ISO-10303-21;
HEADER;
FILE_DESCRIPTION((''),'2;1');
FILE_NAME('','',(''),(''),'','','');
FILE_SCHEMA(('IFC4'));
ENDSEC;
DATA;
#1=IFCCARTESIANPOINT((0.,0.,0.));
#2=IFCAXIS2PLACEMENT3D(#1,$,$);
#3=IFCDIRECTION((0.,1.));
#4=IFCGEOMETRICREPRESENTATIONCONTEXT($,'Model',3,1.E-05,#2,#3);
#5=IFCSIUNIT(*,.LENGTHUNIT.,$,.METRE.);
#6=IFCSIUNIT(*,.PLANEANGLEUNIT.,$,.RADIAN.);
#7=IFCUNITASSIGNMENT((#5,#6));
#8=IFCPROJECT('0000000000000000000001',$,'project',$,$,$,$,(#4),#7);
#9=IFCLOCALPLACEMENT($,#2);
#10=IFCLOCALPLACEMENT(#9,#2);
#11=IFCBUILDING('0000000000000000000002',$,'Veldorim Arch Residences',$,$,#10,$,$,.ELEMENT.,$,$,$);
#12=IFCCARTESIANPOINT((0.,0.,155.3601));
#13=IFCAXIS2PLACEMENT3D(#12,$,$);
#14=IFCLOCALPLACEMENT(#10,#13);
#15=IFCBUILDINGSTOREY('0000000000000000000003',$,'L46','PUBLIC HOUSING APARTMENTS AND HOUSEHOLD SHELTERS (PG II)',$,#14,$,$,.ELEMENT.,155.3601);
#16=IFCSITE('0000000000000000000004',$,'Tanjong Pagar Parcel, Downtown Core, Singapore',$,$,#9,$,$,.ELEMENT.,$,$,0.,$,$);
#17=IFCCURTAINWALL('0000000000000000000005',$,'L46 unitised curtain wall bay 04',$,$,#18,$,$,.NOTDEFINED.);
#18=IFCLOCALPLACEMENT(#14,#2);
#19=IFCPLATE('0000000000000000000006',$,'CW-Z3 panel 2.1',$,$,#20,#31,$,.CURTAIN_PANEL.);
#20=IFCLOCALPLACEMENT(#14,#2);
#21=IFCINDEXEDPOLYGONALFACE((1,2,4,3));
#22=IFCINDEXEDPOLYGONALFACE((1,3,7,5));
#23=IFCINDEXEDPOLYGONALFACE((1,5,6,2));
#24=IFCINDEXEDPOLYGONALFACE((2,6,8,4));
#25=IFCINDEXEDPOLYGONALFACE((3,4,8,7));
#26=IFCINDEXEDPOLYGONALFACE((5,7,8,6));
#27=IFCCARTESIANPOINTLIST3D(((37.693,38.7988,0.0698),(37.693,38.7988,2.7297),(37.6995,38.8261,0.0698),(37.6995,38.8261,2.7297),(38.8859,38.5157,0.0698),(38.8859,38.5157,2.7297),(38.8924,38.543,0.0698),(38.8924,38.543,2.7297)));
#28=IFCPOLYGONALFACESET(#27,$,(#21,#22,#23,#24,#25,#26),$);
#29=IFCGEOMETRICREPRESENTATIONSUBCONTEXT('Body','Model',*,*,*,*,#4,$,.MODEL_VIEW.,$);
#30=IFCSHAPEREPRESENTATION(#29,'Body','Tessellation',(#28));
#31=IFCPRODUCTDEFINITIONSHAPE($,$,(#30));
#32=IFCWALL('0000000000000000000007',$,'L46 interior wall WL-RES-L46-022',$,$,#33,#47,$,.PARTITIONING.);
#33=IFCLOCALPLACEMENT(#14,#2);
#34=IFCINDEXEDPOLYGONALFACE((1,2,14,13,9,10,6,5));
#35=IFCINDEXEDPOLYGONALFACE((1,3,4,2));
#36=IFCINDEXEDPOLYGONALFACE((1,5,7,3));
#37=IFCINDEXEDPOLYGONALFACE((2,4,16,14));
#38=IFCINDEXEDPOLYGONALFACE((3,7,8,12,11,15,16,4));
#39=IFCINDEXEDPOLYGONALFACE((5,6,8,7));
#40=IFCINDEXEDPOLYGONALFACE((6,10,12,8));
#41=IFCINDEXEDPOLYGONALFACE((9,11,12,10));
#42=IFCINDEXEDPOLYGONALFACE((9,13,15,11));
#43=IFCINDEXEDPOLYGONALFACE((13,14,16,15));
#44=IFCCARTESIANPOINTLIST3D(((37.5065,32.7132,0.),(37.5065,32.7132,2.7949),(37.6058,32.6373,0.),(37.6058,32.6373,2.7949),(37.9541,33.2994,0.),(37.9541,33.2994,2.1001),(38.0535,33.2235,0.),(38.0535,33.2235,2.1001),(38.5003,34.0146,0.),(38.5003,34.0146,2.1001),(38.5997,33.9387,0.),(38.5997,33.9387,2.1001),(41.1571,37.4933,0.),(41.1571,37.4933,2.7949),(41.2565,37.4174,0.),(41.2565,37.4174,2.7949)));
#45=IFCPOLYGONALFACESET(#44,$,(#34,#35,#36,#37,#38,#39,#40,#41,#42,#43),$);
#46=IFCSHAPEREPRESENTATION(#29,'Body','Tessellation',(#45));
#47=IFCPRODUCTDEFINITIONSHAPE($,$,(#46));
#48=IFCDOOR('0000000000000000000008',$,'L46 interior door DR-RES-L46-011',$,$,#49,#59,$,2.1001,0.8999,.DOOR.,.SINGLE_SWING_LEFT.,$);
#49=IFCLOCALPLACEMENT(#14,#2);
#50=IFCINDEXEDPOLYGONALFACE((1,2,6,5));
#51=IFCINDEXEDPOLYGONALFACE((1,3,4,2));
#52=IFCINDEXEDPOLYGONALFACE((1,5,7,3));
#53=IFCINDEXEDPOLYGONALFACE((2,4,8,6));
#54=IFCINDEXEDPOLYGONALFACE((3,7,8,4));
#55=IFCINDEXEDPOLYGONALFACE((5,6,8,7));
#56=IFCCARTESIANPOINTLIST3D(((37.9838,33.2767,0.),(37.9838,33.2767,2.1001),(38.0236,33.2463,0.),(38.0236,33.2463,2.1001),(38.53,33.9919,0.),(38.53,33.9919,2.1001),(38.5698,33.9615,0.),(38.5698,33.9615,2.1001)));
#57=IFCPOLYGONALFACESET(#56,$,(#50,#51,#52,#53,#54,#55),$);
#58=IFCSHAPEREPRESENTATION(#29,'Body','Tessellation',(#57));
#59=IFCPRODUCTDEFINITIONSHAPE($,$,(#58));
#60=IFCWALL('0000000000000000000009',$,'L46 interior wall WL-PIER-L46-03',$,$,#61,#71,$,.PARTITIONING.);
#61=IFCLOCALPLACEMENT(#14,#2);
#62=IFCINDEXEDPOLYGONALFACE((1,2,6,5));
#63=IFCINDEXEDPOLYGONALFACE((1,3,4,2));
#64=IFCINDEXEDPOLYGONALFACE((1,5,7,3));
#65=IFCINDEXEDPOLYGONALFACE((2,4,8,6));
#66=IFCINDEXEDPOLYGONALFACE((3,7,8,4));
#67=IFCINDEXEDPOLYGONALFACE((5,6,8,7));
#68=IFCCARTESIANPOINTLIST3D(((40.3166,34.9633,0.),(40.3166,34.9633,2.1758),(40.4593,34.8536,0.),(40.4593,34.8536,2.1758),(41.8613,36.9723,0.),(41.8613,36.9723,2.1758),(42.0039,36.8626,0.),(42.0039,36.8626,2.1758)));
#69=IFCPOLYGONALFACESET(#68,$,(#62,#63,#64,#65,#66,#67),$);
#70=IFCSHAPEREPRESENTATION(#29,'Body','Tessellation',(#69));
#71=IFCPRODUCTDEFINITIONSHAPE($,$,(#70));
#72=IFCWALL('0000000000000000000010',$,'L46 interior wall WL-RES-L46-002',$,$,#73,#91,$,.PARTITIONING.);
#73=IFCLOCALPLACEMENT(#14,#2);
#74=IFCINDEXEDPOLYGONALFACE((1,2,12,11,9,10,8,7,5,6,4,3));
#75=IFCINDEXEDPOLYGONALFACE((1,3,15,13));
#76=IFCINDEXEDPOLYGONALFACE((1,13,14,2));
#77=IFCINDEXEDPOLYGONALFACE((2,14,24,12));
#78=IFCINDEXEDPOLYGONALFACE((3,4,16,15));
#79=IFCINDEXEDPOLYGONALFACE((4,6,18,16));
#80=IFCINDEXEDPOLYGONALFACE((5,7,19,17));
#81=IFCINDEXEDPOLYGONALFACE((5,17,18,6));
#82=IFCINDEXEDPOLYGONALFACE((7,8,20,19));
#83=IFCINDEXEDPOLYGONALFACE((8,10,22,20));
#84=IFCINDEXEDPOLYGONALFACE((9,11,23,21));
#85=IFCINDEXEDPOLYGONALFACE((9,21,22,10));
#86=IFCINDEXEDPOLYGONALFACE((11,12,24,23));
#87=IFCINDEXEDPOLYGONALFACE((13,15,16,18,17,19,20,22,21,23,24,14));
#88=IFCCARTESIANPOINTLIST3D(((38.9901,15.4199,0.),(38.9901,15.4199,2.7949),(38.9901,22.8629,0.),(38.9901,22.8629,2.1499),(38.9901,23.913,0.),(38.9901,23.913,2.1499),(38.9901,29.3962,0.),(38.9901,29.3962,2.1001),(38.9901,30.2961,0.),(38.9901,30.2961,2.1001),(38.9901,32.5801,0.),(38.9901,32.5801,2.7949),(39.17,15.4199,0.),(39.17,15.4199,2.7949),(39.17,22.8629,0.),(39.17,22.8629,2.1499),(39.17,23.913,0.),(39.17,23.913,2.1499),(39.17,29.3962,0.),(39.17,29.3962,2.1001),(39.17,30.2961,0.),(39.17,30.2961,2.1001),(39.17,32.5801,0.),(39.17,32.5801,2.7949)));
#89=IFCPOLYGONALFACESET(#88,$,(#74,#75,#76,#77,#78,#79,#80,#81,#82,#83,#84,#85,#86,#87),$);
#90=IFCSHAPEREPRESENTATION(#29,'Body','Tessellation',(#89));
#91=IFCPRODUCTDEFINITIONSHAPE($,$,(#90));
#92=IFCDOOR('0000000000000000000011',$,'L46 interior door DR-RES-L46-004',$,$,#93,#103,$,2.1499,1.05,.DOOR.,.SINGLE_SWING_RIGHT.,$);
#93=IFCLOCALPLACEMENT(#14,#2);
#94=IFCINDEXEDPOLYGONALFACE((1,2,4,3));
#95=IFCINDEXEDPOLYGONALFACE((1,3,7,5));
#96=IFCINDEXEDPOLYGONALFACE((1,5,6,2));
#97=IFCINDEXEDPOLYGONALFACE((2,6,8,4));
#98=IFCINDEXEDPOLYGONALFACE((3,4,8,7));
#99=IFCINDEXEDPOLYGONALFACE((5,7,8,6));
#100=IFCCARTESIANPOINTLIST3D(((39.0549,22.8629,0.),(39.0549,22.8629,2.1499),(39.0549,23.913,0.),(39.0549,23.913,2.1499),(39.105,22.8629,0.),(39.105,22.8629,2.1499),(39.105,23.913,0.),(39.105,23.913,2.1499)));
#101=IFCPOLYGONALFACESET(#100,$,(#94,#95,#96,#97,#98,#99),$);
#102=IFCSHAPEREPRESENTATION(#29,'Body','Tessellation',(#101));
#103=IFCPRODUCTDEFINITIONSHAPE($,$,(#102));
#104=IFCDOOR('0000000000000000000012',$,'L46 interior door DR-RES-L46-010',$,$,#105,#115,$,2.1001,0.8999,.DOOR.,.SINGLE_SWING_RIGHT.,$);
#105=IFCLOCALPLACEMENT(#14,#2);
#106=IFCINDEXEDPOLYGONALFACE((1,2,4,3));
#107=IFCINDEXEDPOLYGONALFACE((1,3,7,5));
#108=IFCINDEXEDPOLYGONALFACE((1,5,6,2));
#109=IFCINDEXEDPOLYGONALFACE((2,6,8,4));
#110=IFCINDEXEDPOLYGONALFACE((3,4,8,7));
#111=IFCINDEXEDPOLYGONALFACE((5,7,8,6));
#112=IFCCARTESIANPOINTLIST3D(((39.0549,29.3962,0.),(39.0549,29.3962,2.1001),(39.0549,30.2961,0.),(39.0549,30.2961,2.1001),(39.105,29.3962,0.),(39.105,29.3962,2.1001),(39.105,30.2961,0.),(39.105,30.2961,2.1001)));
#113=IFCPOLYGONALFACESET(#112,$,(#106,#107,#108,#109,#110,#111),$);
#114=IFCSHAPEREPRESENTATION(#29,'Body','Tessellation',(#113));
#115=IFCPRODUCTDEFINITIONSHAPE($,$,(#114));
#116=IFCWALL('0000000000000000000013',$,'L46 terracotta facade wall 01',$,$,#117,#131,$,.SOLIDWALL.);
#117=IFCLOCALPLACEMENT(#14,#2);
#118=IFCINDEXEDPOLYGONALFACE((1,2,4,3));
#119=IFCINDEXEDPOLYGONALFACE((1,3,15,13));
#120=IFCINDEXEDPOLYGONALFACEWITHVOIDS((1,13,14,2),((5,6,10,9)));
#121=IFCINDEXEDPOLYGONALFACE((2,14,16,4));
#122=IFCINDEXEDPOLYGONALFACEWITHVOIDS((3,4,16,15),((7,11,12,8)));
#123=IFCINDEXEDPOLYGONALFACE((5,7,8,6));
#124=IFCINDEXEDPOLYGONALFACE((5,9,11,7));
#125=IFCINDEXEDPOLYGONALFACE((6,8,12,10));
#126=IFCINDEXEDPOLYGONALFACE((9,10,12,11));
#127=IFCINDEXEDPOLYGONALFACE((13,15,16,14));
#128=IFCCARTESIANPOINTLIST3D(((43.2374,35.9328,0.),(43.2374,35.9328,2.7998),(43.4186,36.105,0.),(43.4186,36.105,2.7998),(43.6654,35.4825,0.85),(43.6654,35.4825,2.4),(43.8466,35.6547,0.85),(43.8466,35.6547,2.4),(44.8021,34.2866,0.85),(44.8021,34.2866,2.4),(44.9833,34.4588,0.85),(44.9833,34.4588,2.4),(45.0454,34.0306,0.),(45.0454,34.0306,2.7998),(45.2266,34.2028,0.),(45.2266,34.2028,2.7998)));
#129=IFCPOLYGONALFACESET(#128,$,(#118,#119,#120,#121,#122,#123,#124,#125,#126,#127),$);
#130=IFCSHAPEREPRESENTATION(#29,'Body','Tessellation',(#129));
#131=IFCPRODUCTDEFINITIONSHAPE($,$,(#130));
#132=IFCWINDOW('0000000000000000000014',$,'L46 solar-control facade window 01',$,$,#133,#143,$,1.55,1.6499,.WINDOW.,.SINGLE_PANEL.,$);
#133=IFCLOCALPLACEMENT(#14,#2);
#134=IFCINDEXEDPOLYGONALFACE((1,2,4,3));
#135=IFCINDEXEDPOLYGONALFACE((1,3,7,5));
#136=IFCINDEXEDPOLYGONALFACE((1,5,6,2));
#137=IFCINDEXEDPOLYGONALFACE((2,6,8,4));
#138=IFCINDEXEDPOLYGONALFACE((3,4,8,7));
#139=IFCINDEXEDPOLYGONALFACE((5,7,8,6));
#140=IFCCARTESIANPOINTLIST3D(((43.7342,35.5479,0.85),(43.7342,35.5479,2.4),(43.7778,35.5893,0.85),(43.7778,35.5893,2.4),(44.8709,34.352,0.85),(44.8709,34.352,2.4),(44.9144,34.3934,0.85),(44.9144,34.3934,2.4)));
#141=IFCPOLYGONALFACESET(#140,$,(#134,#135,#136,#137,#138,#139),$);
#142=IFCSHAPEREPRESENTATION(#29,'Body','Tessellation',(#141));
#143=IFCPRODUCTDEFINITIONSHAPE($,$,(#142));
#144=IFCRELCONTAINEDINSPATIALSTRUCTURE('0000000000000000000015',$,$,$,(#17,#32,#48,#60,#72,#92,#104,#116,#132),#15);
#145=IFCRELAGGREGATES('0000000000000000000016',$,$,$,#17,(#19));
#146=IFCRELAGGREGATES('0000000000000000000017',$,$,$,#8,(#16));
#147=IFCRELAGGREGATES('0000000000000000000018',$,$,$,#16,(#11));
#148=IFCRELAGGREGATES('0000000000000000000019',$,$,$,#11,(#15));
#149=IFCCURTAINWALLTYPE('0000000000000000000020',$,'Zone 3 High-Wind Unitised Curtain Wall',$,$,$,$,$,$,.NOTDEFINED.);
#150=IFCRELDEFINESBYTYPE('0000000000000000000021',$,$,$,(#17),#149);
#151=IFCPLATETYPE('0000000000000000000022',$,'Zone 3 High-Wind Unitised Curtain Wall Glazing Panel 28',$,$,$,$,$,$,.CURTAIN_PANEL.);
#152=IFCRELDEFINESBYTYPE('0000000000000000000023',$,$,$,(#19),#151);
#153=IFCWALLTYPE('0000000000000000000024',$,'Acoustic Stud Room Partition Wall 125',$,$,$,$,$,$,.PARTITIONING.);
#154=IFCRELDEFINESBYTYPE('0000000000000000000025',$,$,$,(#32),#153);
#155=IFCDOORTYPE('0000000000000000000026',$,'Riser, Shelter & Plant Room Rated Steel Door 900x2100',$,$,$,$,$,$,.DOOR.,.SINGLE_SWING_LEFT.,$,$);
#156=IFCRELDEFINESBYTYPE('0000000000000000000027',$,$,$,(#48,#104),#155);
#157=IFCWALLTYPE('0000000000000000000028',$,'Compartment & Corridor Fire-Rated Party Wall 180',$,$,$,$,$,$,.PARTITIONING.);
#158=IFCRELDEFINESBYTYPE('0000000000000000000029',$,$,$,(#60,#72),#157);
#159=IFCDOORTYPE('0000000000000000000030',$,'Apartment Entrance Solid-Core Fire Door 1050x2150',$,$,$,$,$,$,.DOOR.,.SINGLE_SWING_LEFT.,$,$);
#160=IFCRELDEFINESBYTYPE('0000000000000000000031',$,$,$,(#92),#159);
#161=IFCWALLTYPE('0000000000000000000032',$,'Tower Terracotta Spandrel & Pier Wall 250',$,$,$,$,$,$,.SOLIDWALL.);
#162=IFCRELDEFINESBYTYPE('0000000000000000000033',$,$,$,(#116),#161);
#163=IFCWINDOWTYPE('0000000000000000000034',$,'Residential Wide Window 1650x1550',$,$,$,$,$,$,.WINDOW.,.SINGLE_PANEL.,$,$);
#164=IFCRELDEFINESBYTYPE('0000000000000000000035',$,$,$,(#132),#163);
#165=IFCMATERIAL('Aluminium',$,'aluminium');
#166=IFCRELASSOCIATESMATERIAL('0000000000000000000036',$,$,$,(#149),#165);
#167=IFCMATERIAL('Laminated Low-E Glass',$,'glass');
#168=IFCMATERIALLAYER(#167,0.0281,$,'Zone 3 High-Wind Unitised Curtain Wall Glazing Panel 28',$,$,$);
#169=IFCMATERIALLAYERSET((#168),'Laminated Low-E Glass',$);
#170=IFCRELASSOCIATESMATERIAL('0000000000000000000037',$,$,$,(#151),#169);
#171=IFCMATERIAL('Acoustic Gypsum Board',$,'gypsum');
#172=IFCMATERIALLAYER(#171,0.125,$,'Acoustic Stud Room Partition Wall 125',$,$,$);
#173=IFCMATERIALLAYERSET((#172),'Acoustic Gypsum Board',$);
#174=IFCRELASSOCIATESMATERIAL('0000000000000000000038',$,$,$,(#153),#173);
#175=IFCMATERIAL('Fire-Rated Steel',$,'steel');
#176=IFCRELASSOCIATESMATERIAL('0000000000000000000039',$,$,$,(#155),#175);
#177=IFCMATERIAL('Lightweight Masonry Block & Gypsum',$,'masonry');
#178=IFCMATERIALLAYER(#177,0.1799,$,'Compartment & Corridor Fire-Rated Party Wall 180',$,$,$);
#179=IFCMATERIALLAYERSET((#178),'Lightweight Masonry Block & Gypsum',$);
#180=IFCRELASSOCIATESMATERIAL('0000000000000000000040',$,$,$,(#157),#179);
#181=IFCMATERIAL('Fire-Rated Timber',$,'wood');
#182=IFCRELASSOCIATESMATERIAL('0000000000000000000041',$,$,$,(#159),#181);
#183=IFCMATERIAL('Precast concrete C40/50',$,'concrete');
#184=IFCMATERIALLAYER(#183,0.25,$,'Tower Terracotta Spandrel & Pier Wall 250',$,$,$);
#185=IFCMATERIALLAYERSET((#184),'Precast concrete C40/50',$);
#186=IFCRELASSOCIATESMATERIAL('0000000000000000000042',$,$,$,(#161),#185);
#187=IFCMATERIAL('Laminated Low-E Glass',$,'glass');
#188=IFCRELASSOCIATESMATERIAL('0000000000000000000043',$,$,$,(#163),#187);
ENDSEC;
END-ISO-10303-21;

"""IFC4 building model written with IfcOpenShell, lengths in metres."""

from ifc_helpers import new_model, si_unit, direction, frame, frame_2d, origin, origin_2d, place, context, subcontext, project, spatial, rectangle, extrude, material, layer, layer_set, type_object, element, fill, aggregate, save


model = new_model("IFC4")

# Units and contexts
model_context = context("Model", 3, precision=1e-05, world=origin(), true_north=direction((0.0, 1.0)))
body_context = subcontext(model_context, "Body", "Model", "MODEL_VIEW")
ifc_project = project(units=[si_unit("LENGTHUNIT", "METRE"), si_unit("PLANEANGLEUNIT", "RADIAN")], contexts=[model_context])

# Site, building, storey
site_placement = place(None, origin())
site = spatial("IfcSite", under=ifc_project, at=site_placement, Name="Tanjong Pagar Parcel, Downtown Core, Singapore", CompositionType="ELEMENT", RefElevation=0.0)
building_placement = place(site_placement, origin())
building = spatial("IfcBuilding", under=site, at=building_placement, Name="Veldorim Arch Residences", CompositionType="ELEMENT")
storey_placement = place(building_placement, frame((0.0, 0.0, 155.3601)))
storey = spatial("IfcBuildingStorey", under=building, at=storey_placement, Name="L46", Description="PUBLIC HOUSING APARTMENTS AND HOUSEHOLD SHELTERS (PG II)", CompositionType="ELEMENT", Elevation=155.3601)

# Curtain wall, plate
ifc_material_1 = material(Name="Aluminium", Category="aluminium")
curtain_wall_type = type_object("IfcCurtainWallType", Name="Zone 3 High-Wind Unitised Curtain Wall", PredefinedType="NOTDEFINED", material=ifc_material_1)
curtain_wall_placement = place(storey_placement, origin())
curtain_wall = element("IfcCurtainWall", 1, at=curtain_wall_placement, inside=storey, type_object=curtain_wall_type, Name="L46 unitised curtain wall bay 04", PredefinedType="NOTDEFINED")
ifc_material_2 = material(Name="Laminated Low-E Glass", Category="glass")
ifc_layer_1 = layer(ifc_material_2, 0.0281, Name="Zone 3 High-Wind Unitised Curtain Wall Glazing Panel 28")
ifc_layer_set_1 = layer_set([ifc_layer_1], Name="Laminated Low-E Glass")
plate_type = type_object("IfcPlateType", Name="Zone 3 High-Wind Unitised Curtain Wall Glazing Panel 28", PredefinedType="CURTAIN_PANEL", material=ifc_layer_set_1)
plate_placement = place(storey_placement, frame((38.2927, 38.6709, 0.0698), z_axis=(0.0, 0.0, 1.0), x_axis=(0.972964, -0.230957, 0.0)))
plate = element("IfcPlate", 2, at=plate_placement, type_object=plate_type, Name="CW-Z3 panel 2.1", PredefinedType="CURTAIN_PANEL", context=body_context, shape_type="SweptSolid", body=[
    extrude(rectangle(XDim=1.2261, YDim=0.0281, at=origin_2d()), origin(), (0.0, 0.0, 1.0), 2.6599),
])
aggregate(curtain_wall, [plate])

# Wall, opening, door
ifc_material_3 = material(Name="Acoustic Gypsum Board", Category="gypsum")
ifc_layer_2 = layer(ifc_material_3, 0.125, Name="Acoustic Stud Room Partition Wall 125")
ifc_layer_set_2 = layer_set([ifc_layer_2], Name="Acoustic Gypsum Board")
wall_type_1 = type_object("IfcWallType", Name="Acoustic Stud Room Partition Wall 125", PredefinedType="PARTITIONING", material=ifc_layer_set_2)
wall_1_placement = place(storey_placement, frame((41.2068, 37.4553, 0.0), z_axis=(0.0, 0.0, 1.0), x_axis=(-0.606959, -0.794733, 0.0)))
wall_1 = element("IfcWall", 3, at=wall_1_placement, inside=storey, type_object=wall_type_1, Name="L46 interior wall WL-RES-L46-022", PredefinedType="PARTITIONING", context=body_context, shape_type="SweptSolid", body=[
    extrude(rectangle(XDim=6.0146, YDim=0.125, at=frame_2d((3.0073, 0.0))), origin(), (0.0, 0.0, 1.0), 2.7949),
])
opening_1_placement = place(wall_1_placement, frame((4.3772, 0.0, 0.0)))
opening_1 = element("IfcOpeningElement", 4, at=opening_1_placement, cuts=wall_1, PredefinedType="OPENING", context=body_context, shape_type="SweptSolid", body=[
    extrude(rectangle(XDim=0.8999, YDim=2.1001, at=frame_2d((0.45, 1.05))), frame((0.0, 0.0725, 0.0), z_axis=(0.0, -1.0, 0.0), x_axis=(1.0, 0.0, 0.0)), (0.0, 0.0, 1.0), 0.145),
])
ifc_material_4 = material(Name="Fire-Rated Steel", Category="steel")
door_type_1 = type_object("IfcDoorType", Name="Riser, Shelter & Plant Room Rated Steel Door 900x2100", OperationType="SINGLE_SWING_LEFT", PredefinedType="DOOR", material=ifc_material_4)
door_1_placement = place(opening_1_placement, origin())
door_1 = element("IfcDoor", 5, at=door_1_placement, inside=storey, type_object=door_type_1, Name="L46 interior door DR-RES-L46-011", OperationType="SINGLE_SWING_LEFT", OverallHeight=2.1001, OverallWidth=0.8999, PredefinedType="DOOR", context=body_context, shape_type="SweptSolid", body=[
    extrude(rectangle(XDim=0.8999, YDim=2.1001, at=frame_2d((0.45, 1.05))), frame((0.0, 0.0249, 0.0), z_axis=(0.0, -1.0, 0.0), x_axis=(1.0, 0.0, 0.0)), (0.0, 0.0, 1.0), 0.05),
])
fill(opening_1, door_1)

# Wall
ifc_material_5 = material(Name="Lightweight Masonry Block & Gypsum", Category="masonry")
ifc_layer_3 = layer(ifc_material_5, 0.1799, Name="Compartment & Corridor Fire-Rated Party Wall 180")
ifc_layer_set_3 = layer_set([ifc_layer_3], Name="Lightweight Masonry Block & Gypsum")
wall_type_2 = type_object("IfcWallType", Name="Compartment & Corridor Fire-Rated Party Wall 180", PredefinedType="PARTITIONING", material=ifc_layer_set_3)
wall_2_placement = place(storey_placement, frame((40.3879, 34.9084, 0.0), z_axis=(0.0, 0.0, 1.0), x_axis=(0.609529, 0.792764, 0.0)))
element("IfcWall", 6, at=wall_2_placement, inside=storey, type_object=wall_type_2, Name="L46 interior wall WL-PIER-L46-03", PredefinedType="PARTITIONING", context=body_context, shape_type="SweptSolid", body=[
    extrude(rectangle(XDim=2.5342, YDim=0.1799, at=frame_2d((1.2671, 0.0))), origin(), (0.0, 0.0, 1.0), 2.1758),
])

# Wall, openings, doors
wall_3_placement = place(storey_placement, frame((39.0801, 32.5801, 0.0), z_axis=(0.0, 0.0, 1.0), x_axis=(0.0, -1.0, 0.0)))
wall_3 = element("IfcWall", 7, at=wall_3_placement, inside=storey, type_object=wall_type_2, Name="L46 interior wall WL-RES-L46-002", PredefinedType="PARTITIONING", context=body_context, shape_type="SweptSolid", body=[
    extrude(rectangle(XDim=17.1602, YDim=0.1799, at=frame_2d((8.5801, 0.0))), origin(), (0.0, 0.0, 1.0), 2.7949),
])
opening_2_placement = place(wall_3_placement, frame((8.6672, 0.0, 0.0)))
opening_2 = element("IfcOpeningElement", 8, at=opening_2_placement, cuts=wall_3, PredefinedType="OPENING", context=body_context, shape_type="SweptSolid", body=[
    extrude(rectangle(XDim=1.05, YDim=2.1499, at=frame_2d((0.5249, 1.075))), frame((0.0, 0.0999, 0.0), z_axis=(0.0, -1.0, 0.0), x_axis=(1.0, 0.0, 0.0)), (0.0, 0.0, 1.0), 0.2),
])
opening_3_placement = place(wall_3_placement, frame((2.2839, 0.0, 0.0)))
opening_3 = element("IfcOpeningElement", 9, at=opening_3_placement, cuts=wall_3, PredefinedType="OPENING", context=body_context, shape_type="SweptSolid", body=[
    extrude(rectangle(XDim=0.8999, YDim=2.1001, at=frame_2d((0.45, 1.05))), frame((0.0, 0.0999, 0.0), z_axis=(0.0, -1.0, 0.0), x_axis=(1.0, 0.0, 0.0)), (0.0, 0.0, 1.0), 0.2),
])
ifc_material_6 = material(Name="Fire-Rated Timber", Category="wood")
door_type_2 = type_object("IfcDoorType", Name="Apartment Entrance Solid-Core Fire Door 1050x2150", OperationType="SINGLE_SWING_LEFT", PredefinedType="DOOR", material=ifc_material_6)
door_2_placement = place(opening_2_placement, origin())
door_2 = element("IfcDoor", 10, at=door_2_placement, inside=storey, type_object=door_type_2, Name="L46 interior door DR-RES-L46-004", OperationType="SINGLE_SWING_RIGHT", OverallHeight=2.1499, OverallWidth=1.05, PredefinedType="DOOR", context=body_context, shape_type="SweptSolid", body=[
    extrude(rectangle(XDim=1.05, YDim=2.1499, at=frame_2d((0.5249, 1.075))), frame((0.0, 0.0249, 0.0), z_axis=(0.0, -1.0, 0.0), x_axis=(1.0, 0.0, 0.0)), (0.0, 0.0, 1.0), 0.05),
])
fill(opening_2, door_2)
door_3_placement = place(opening_3_placement, origin())
door_3 = element("IfcDoor", 11, at=door_3_placement, inside=storey, type_object=door_type_1, Name="L46 interior door DR-RES-L46-010", OperationType="SINGLE_SWING_RIGHT", OverallHeight=2.1001, OverallWidth=0.8999, PredefinedType="DOOR", context=body_context, shape_type="SweptSolid", body=[
    extrude(rectangle(XDim=0.8999, YDim=2.1001, at=frame_2d((0.45, 1.05))), frame((0.0, 0.0249, 0.0), z_axis=(0.0, -1.0, 0.0), x_axis=(1.0, 0.0, 0.0)), (0.0, 0.0, 1.0), 0.05),
])
fill(opening_3, door_3)

# Wall, opening, window
ifc_material_7 = material(Name="Precast concrete C40/50", Category="concrete")
ifc_layer_4 = layer(ifc_material_7, 0.25, Name="Tower Terracotta Spandrel & Pier Wall 250")
ifc_layer_set_4 = layer_set([ifc_layer_4], Name="Precast concrete C40/50")
wall_type_3 = type_object("IfcWallType", Name="Tower Terracotta Spandrel & Pier Wall 250", PredefinedType="SOLIDWALL", material=ifc_layer_set_4)
wall_4_placement = place(storey_placement, frame((43.3281, 36.0188, 0.0), z_axis=(0.0, 0.0, 1.0), x_axis=(0.688923, -0.724834, 0.0)))
wall_4 = element("IfcWall", 12, at=wall_4_placement, inside=storey, type_object=wall_type_3, Name="L46 terracotta facade wall 01", PredefinedType="SOLIDWALL", context=body_context, shape_type="SweptSolid", body=[
    extrude(rectangle(XDim=2.6243, YDim=0.25, at=frame_2d((1.312, 0.0))), origin(), (0.0, 0.0, 1.0), 2.7998),
])
opening_4_placement = place(wall_4_placement, frame((0.6211, 0.0, 0.8501)))
opening_4 = element("IfcOpeningElement", 13, at=opening_4_placement, cuts=wall_4, PredefinedType="OPENING", context=body_context, shape_type="SweptSolid", body=[
    extrude(rectangle(XDim=1.6499, YDim=1.55, at=frame_2d((0.825, 0.7749))), frame((0.0, 0.135, 0.0), z_axis=(0.0, -1.0, 0.0), x_axis=(1.0, 0.0, 0.0)), (0.0, 0.0, 1.0), 0.27),
])
ifc_material_8 = material(Name="Laminated Low-E Glass", Category="glass")
window_type_1 = type_object("IfcWindowType", Name="Residential Wide Window 1650x1550", PartitioningType="SINGLE_PANEL", PredefinedType="WINDOW", material=ifc_material_8)
window_1_placement = place(opening_4_placement, origin())
window_1 = element("IfcWindow", 14, at=window_1_placement, inside=storey, type_object=window_type_1, Name="L46 solar-control facade window 01", OverallHeight=1.55, OverallWidth=1.6499, PartitioningType="SINGLE_PANEL", PredefinedType="WINDOW", context=body_context, shape_type="SweptSolid", body=[
    extrude(rectangle(XDim=1.6499, YDim=1.55, at=frame_2d((0.825, 0.7749))), frame((0.0, 0.03, 0.0), z_axis=(0.0, -1.0, 0.0), x_axis=(1.0, 0.0, 0.0)), (0.0, 0.0, 1.0), 0.0601),
])
fill(opening_4, window_1)

save(model, "model.ifc")
